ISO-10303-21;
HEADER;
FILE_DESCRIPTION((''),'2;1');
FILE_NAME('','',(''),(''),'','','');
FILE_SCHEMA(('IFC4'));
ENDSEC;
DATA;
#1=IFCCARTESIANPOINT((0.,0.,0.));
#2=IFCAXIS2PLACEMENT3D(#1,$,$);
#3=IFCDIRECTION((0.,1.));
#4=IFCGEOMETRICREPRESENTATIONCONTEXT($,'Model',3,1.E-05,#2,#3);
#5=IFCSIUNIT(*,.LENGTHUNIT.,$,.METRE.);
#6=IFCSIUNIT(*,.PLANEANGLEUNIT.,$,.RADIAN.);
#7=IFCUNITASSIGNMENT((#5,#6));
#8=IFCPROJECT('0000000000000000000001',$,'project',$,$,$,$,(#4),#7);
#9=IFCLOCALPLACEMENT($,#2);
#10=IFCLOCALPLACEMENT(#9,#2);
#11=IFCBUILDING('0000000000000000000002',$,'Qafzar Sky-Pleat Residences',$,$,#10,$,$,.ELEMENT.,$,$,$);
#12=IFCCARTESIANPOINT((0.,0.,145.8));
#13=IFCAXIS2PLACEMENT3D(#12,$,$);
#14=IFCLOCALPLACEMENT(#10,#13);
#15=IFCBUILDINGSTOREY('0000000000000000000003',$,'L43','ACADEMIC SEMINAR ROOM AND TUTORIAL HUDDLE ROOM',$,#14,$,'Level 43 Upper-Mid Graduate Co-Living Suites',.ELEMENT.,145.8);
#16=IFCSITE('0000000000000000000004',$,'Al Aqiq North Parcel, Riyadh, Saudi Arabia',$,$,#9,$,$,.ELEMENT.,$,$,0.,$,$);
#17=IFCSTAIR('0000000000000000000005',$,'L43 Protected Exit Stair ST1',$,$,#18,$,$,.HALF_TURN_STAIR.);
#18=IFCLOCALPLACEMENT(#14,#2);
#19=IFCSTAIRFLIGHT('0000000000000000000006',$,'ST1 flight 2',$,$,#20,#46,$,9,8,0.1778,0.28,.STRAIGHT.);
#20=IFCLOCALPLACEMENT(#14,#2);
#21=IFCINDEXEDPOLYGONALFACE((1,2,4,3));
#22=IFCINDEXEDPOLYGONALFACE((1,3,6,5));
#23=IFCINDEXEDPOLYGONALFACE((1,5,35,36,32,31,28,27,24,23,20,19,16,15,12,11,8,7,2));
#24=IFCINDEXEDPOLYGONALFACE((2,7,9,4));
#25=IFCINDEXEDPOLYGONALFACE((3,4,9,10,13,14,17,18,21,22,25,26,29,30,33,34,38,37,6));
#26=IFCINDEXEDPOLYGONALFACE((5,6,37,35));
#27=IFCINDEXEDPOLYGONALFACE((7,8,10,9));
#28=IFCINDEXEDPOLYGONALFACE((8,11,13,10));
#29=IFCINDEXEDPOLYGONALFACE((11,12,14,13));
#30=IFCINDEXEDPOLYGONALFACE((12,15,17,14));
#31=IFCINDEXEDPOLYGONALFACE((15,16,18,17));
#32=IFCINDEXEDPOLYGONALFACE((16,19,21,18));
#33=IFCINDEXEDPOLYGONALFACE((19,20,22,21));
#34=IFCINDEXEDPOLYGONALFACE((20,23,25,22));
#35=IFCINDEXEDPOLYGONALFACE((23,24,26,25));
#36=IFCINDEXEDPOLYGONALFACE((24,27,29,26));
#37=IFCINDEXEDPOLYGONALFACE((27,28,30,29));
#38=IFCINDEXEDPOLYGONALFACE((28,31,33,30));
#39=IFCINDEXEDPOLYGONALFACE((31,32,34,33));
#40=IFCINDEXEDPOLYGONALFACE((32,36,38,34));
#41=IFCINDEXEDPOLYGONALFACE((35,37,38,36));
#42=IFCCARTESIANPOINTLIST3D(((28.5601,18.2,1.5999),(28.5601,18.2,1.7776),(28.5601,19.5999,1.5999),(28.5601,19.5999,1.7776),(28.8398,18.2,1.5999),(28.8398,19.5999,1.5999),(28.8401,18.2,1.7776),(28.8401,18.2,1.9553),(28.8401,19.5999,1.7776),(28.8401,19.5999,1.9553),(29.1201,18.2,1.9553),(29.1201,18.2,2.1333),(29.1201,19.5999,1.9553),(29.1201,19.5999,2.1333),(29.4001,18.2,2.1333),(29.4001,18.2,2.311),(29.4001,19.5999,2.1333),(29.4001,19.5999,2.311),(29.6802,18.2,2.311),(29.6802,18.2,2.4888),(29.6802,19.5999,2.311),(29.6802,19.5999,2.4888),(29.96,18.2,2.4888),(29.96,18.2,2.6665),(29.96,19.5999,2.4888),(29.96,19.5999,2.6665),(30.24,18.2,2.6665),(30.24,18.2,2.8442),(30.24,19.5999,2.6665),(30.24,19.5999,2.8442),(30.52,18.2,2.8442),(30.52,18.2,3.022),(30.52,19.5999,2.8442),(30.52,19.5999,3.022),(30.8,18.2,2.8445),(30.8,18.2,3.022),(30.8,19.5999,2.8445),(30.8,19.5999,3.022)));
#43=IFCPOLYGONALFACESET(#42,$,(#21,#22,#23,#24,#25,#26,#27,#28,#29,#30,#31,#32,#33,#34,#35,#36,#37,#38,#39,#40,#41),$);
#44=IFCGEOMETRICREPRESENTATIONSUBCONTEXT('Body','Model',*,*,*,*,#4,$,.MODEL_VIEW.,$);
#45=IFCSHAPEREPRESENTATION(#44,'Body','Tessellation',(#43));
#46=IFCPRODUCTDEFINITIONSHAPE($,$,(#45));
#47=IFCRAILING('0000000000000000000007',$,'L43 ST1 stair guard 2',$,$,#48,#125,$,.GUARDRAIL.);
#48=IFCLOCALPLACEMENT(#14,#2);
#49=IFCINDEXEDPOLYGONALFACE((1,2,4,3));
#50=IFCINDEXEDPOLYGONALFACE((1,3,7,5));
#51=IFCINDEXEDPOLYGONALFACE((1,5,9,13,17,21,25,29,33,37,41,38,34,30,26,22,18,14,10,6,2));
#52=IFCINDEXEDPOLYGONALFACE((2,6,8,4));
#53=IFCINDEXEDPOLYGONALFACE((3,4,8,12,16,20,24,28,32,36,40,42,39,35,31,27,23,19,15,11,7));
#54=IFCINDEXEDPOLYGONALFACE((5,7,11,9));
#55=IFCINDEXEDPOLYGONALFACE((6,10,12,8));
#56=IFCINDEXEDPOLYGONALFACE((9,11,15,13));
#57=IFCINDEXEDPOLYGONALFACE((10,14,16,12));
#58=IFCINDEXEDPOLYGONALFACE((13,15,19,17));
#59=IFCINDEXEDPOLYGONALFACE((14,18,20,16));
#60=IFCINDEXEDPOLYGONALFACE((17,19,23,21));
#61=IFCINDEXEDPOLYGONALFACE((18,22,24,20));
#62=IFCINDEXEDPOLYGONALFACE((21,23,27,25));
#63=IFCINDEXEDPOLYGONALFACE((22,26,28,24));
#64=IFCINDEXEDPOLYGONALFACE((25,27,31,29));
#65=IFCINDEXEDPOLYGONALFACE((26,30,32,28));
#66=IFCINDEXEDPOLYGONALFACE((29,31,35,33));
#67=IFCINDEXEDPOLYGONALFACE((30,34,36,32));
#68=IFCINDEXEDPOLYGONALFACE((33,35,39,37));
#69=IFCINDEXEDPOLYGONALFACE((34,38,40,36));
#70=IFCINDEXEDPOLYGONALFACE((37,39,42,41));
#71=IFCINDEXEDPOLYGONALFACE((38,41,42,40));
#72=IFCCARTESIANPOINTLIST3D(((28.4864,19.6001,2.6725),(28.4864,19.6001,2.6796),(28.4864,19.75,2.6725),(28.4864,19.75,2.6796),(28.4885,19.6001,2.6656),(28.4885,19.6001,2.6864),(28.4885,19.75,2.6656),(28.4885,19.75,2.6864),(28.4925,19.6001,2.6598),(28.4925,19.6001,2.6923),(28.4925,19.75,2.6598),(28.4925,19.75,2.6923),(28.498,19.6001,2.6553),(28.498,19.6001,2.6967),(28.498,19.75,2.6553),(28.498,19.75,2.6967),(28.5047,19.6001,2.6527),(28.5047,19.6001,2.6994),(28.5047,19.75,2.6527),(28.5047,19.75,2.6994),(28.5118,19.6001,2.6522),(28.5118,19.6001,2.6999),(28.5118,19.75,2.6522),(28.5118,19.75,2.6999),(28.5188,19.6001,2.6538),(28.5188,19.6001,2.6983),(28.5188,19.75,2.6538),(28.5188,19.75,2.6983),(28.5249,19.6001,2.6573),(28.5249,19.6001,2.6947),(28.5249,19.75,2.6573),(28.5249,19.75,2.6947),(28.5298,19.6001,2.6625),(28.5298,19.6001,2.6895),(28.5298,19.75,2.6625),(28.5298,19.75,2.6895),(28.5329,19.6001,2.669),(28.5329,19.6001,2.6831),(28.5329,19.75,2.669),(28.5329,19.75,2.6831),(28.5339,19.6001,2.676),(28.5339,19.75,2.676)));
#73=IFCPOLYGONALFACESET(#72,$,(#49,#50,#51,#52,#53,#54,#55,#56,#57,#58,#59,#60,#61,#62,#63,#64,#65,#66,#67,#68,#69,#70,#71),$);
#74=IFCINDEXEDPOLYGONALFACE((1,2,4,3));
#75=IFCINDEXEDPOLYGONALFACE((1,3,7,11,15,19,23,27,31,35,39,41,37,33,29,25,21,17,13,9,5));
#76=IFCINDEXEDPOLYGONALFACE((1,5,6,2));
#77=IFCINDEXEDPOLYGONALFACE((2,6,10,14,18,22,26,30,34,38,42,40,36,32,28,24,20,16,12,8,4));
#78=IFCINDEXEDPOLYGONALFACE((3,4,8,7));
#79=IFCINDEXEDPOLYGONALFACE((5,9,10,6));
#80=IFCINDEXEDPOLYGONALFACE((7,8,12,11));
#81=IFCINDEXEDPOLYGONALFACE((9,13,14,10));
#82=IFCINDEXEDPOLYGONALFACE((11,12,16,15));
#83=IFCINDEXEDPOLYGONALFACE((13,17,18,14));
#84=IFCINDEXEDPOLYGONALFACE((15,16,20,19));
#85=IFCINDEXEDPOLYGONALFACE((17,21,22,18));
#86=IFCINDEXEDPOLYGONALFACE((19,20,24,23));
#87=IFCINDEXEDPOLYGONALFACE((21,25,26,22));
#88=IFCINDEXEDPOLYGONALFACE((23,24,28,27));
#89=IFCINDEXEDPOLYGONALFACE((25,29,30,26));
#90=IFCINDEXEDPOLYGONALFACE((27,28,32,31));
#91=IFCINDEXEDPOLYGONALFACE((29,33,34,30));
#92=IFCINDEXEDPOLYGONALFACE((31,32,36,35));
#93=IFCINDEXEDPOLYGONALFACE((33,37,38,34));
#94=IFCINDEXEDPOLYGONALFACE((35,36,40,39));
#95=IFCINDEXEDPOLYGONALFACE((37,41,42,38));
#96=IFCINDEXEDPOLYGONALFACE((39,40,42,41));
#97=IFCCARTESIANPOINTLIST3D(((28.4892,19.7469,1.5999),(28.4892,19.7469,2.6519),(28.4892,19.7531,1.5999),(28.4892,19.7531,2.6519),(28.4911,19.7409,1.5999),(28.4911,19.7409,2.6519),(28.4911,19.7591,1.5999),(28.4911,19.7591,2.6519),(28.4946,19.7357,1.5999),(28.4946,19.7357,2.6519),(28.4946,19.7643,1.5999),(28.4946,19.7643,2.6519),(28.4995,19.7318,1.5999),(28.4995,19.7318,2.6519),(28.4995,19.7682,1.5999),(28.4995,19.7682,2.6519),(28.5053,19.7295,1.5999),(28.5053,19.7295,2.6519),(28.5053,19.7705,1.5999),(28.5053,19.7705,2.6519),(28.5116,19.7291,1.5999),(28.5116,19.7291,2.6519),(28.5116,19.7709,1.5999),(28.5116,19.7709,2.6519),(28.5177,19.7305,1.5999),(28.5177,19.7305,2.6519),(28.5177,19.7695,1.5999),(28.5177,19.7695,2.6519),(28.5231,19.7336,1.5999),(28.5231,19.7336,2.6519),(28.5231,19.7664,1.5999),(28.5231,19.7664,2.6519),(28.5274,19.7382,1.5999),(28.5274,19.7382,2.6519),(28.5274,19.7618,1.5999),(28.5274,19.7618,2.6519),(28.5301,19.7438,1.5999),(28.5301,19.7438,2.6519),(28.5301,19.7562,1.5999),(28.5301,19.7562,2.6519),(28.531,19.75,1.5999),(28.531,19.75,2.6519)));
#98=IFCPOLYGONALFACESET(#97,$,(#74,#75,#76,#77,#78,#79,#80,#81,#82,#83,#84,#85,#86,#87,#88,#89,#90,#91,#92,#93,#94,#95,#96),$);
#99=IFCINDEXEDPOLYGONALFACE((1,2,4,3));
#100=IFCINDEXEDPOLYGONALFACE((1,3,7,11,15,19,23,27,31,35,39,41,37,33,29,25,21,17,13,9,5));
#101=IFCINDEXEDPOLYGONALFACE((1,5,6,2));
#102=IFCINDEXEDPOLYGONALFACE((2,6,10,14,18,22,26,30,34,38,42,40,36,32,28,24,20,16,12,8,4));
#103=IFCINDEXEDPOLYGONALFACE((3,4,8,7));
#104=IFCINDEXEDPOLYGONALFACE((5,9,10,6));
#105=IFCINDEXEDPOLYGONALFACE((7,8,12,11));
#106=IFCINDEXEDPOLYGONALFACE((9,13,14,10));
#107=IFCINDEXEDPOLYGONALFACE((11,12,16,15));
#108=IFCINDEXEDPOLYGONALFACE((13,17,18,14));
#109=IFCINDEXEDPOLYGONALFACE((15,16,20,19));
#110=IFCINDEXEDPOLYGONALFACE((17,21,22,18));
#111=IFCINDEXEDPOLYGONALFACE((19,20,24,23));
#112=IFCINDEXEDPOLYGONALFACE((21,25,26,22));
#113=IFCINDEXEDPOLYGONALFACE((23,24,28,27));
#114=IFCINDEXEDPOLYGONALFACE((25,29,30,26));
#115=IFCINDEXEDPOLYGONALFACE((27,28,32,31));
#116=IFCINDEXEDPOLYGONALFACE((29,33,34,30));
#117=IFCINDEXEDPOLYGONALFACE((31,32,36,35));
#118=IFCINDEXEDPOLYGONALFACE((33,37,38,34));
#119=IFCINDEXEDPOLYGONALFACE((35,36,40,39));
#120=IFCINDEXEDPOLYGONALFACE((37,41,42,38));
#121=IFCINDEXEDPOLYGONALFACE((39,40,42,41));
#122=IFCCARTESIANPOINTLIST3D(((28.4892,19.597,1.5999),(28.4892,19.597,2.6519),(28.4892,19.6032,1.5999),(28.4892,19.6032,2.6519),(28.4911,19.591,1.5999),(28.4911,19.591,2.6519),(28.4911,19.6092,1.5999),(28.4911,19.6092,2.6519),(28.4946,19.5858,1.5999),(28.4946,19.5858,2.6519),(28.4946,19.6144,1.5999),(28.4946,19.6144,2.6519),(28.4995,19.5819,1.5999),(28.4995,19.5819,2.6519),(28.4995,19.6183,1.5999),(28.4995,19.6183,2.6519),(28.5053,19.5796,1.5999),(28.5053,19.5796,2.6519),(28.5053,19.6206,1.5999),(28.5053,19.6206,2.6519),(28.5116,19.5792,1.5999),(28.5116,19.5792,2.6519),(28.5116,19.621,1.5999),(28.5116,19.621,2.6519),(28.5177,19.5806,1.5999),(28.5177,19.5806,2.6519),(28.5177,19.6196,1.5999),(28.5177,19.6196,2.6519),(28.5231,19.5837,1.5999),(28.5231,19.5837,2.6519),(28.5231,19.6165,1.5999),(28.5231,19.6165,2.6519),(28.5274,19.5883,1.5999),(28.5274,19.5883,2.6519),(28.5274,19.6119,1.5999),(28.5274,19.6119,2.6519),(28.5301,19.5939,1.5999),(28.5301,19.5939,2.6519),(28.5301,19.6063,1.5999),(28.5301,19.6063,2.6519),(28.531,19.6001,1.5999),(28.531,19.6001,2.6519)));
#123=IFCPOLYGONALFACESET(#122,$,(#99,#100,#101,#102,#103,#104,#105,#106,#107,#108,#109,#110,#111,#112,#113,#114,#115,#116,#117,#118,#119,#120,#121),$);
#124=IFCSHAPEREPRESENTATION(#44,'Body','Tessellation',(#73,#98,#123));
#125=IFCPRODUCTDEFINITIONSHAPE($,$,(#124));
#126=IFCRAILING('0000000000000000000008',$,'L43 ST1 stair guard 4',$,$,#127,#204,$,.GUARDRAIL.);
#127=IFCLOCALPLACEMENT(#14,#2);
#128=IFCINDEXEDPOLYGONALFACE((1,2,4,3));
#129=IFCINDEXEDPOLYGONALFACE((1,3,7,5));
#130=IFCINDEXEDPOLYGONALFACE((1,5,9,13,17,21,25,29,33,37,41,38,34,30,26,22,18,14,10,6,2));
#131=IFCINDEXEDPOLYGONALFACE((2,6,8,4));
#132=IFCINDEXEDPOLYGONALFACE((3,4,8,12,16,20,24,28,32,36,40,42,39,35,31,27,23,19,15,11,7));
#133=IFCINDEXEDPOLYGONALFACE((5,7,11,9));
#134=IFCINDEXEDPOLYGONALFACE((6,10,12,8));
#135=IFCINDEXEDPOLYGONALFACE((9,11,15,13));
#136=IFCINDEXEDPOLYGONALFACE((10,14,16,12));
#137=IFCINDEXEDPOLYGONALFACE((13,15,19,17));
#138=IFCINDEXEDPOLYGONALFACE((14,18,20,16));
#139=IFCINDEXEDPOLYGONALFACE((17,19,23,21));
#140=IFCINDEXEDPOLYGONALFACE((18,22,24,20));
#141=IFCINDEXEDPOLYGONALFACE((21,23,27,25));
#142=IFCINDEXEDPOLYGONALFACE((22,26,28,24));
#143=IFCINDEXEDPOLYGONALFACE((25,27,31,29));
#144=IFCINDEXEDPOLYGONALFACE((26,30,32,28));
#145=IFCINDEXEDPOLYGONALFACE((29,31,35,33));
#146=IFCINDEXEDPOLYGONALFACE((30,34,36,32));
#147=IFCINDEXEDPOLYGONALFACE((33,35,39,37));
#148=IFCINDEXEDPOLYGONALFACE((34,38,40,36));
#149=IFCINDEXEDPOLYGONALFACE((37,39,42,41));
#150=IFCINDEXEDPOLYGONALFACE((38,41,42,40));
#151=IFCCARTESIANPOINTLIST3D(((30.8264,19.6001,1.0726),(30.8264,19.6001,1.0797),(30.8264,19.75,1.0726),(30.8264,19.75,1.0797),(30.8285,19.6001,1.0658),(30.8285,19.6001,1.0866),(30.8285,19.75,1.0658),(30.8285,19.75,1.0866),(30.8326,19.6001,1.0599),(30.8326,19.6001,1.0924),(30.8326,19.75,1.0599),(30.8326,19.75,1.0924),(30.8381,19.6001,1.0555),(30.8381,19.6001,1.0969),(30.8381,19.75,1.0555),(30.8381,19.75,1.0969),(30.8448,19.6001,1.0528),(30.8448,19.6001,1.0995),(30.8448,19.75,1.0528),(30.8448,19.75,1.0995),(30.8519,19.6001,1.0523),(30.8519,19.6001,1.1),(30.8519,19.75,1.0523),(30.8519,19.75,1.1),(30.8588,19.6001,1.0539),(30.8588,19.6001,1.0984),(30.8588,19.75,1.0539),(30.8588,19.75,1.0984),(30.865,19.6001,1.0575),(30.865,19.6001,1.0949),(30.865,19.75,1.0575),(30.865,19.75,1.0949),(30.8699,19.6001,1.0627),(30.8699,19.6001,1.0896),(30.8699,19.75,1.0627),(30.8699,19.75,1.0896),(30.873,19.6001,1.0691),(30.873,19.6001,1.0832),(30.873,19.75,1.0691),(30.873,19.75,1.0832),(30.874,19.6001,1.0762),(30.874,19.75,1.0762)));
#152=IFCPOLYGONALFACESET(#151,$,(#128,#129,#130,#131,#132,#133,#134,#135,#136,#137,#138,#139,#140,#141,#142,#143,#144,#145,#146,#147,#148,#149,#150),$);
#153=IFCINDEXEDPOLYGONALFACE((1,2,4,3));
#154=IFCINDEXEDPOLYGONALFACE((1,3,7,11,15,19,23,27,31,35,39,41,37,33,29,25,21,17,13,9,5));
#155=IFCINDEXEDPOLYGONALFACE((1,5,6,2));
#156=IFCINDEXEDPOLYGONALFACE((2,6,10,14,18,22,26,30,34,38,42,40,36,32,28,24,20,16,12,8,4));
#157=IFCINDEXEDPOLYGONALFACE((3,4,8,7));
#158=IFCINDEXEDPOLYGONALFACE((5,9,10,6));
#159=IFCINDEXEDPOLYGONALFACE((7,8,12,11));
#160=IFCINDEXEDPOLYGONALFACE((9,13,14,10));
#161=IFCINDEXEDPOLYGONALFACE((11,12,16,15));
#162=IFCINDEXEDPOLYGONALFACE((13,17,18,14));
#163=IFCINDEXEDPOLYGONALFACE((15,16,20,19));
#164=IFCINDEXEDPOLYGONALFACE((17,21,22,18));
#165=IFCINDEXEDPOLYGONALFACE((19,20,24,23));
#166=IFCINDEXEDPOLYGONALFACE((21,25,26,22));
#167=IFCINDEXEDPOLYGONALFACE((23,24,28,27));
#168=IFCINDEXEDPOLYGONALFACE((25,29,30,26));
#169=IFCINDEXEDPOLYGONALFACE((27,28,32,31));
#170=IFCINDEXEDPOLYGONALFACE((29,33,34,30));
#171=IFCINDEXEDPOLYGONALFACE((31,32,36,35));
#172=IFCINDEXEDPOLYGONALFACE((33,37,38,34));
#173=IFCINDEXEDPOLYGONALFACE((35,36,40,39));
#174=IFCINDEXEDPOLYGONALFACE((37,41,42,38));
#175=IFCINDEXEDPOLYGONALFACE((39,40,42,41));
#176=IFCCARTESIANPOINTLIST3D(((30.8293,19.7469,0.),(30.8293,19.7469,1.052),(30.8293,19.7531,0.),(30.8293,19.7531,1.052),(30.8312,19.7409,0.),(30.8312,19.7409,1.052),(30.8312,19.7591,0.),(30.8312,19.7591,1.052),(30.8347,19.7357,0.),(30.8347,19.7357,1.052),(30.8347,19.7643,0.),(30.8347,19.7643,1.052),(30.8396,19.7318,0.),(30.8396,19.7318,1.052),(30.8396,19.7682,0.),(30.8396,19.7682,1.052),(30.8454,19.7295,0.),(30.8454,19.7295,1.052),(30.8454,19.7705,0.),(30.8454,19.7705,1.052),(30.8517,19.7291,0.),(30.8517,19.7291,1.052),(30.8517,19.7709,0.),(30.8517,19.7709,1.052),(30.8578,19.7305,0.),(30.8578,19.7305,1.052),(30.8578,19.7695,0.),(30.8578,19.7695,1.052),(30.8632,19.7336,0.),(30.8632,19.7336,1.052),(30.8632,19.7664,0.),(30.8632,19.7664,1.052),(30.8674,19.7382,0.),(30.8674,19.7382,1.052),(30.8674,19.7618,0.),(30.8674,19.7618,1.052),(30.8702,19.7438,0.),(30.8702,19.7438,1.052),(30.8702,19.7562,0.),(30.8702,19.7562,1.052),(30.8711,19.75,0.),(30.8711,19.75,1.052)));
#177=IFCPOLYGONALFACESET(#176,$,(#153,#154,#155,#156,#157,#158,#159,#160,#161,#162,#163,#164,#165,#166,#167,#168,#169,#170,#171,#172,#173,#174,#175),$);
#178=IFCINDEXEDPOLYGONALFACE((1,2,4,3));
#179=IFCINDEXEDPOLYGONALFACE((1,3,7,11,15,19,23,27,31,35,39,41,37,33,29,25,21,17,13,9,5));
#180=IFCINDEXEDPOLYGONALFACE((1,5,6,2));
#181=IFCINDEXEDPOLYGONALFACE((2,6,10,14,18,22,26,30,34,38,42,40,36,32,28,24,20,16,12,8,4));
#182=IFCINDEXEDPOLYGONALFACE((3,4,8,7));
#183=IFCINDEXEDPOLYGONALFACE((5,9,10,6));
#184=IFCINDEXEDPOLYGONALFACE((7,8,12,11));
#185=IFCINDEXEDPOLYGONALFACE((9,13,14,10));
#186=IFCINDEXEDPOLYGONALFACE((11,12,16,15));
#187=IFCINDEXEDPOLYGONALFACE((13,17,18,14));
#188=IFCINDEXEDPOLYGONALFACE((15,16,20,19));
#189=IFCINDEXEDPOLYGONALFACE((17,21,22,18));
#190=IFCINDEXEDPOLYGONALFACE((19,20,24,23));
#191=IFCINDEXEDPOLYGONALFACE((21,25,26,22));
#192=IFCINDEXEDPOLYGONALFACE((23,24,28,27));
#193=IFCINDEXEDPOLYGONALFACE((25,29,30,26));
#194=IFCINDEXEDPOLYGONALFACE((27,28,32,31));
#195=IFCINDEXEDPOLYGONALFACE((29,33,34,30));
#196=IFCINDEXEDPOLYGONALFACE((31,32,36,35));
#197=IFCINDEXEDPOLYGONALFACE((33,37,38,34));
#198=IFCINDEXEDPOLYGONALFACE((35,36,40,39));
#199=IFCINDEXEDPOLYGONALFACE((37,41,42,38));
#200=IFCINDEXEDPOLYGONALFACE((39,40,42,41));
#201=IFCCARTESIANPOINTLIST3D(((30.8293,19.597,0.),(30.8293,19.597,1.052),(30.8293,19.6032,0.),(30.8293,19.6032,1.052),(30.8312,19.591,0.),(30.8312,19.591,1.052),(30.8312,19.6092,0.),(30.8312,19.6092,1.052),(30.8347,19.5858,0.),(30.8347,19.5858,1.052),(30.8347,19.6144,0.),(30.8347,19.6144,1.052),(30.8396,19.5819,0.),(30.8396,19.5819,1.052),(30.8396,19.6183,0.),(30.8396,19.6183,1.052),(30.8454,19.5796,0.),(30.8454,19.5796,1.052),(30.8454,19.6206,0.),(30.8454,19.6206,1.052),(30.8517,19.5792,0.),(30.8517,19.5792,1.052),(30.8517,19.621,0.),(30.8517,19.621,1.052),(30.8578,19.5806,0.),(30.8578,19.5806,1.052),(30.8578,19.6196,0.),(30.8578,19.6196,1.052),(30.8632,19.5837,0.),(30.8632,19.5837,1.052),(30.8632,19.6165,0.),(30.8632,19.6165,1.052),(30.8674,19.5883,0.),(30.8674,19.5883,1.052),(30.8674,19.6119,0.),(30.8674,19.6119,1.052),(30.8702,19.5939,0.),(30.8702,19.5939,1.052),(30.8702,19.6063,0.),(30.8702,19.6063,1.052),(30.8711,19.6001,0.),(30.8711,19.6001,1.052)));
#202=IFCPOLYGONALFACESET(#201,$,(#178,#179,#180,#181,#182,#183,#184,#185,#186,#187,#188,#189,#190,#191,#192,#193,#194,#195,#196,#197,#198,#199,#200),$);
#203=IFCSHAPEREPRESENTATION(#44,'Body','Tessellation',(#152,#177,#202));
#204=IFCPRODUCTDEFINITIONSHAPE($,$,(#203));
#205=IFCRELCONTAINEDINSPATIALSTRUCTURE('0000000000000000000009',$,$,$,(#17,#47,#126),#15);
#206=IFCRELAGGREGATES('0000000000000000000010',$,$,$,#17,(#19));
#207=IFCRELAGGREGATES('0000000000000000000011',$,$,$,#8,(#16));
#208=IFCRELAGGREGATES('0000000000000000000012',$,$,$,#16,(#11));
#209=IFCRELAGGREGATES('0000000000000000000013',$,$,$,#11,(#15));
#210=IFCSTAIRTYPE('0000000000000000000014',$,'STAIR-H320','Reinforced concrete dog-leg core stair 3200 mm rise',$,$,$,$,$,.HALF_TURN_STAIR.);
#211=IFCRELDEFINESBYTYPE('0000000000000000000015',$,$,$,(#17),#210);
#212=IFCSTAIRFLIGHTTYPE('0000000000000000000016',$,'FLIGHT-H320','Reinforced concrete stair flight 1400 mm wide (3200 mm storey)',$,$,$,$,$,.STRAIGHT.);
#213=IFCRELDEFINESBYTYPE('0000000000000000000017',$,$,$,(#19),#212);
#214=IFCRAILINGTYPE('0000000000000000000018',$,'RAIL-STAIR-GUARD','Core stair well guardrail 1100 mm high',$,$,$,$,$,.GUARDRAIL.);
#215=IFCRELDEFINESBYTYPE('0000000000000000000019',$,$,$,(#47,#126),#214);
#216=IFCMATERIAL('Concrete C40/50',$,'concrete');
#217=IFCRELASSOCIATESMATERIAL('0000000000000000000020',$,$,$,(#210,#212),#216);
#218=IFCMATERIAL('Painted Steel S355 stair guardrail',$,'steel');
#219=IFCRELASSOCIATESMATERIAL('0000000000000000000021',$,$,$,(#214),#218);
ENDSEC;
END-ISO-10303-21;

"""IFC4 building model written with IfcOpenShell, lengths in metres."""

from ifc_helpers import new_model, si_unit, direction, frame, origin, origin_2d, place, context, subcontext, project, spatial, polyline, circle, outline, extrude, source, transform, mapped, material, type_object, element, aggregate, save


model = new_model("IFC4")

# Units and contexts
model_context = context("Model", 3, precision=1e-05, world=origin(), true_north=direction((0.0, 1.0)))
body_context = subcontext(model_context, "Body", "Model", "MODEL_VIEW")
ifc_project = project(units=[si_unit("LENGTHUNIT", "METRE"), si_unit("PLANEANGLEUNIT", "RADIAN")], contexts=[model_context])

# Site, building, storey
site_placement = place(None, origin())
site = spatial("IfcSite", under=ifc_project, at=site_placement, Name="Al Aqiq North Parcel, Riyadh, Saudi Arabia", CompositionType="ELEMENT", RefElevation=0.0)
building_placement = place(site_placement, origin())
building = spatial("IfcBuilding", under=site, at=building_placement, Name="Qafzar Sky-Pleat Residences", CompositionType="ELEMENT")
storey_placement = place(building_placement, frame((0.0, 0.0, 145.8)))
storey = spatial("IfcBuildingStorey", under=building, at=storey_placement, Name="L43", Description="ACADEMIC SEMINAR ROOM AND TUTORIAL HUDDLE ROOM", LongName="Level 43 Upper-Mid Graduate Co-Living Suites", CompositionType="ELEMENT", Elevation=145.8)

# Stair, stair flight
ifc_material_1 = material(Name="Concrete C40/50", Category="concrete")
stair_type = type_object("IfcStairType", Name="STAIR-H320", Description="Reinforced concrete dog-leg core stair 3200 mm rise", PredefinedType="HALF_TURN_STAIR", material=ifc_material_1)
stair_placement = place(storey_placement, origin())
stair = element("IfcStair", 1, at=stair_placement, inside=storey, type_object=stair_type, Name="L43 Protected Exit Stair ST1", PredefinedType="HALF_TURN_STAIR")
stair_flight_type = type_object("IfcStairFlightType", Name="FLIGHT-H320", Description="Reinforced concrete stair flight 1400 mm wide (3200 mm storey)", PredefinedType="STRAIGHT", material=ifc_material_1)
shared_shape_1 = source(origin(), body_context, "Body", "SweptSolid", [
    extrude(outline(polyline([(0.0, 0.0), (0.0, 0.1777), (0.28, 0.1777), (0.28, 0.3555), (0.5601, 0.3555), (0.5601, 0.5334), (0.8401, 0.5334), (0.8401, 0.7112), (1.1201, 0.7112), (1.1201, 0.8889), (1.3999, 0.8889), (1.3999, 1.0667), (1.6799, 1.0667), (1.6799, 1.2444), (1.96, 1.2444), (1.96, 1.4221), (2.24, 1.4221), (2.24, 1.6001), (2.24, 1.2446), (0.2798, 0.0), (0.0, 0.0)])), frame((0.0, 0.7, 0.0), z_axis=(0.0, -1.0, 0.0), x_axis=(1.0, 0.0, 0.0)), (0.0, 0.0, 1.0), 1.3999),
])
stair_flight_1_placement = place(storey_placement, frame((28.5601, 18.8999, 1.5999), z_axis=(0.0, 0.0, 1.0), x_axis=(1.0, 0.0, 0.0)))
stair_flight_1 = element("IfcStairFlight", 2, at=stair_flight_1_placement, type_object=stair_flight_type, Name="ST1 flight 2", NumberOfRisers=9, NumberOfTreads=8, PredefinedType="STRAIGHT", RiserHeight=0.1778, TreadLength=0.28, context=body_context, shape_type="MappedRepresentation", body=[
    mapped(shared_shape_1, transform((0.0, 0.0, 0.0), x_axis=(1.0, 0.0, 0.0), y_axis=(0.0, 1.0, 0.0), z_axis=(0.0, 0.0, 1.0), scale=1.0)),
])
aggregate(stair, [stair_flight_1])

# Railings
ifc_material_2 = material(Name="Painted Steel S355 stair guardrail", Category="steel")
railing_type_1 = type_object("IfcRailingType", Name="RAIL-STAIR-GUARD", Description="Core stair well guardrail 1100 mm high", PredefinedType="GUARDRAIL", material=ifc_material_2)
shared_shape_2 = source(origin(), body_context, "Body", "SweptSolid", [
    extrude(circle(Radius=0.0239, at=origin_2d()), frame((0.0, 0.0, 1.0762), z_axis=(0.0, -1.0, 0.0), x_axis=(1.0, 0.0, 0.0)), (0.0, 0.0, 1.0), 0.1499),
    extrude(circle(Radius=0.021, at=origin_2d()), origin(), (0.0, 0.0, 1.0), 1.052),
    extrude(circle(Radius=0.021, at=origin_2d()), frame((0.0, -0.1499, 0.0)), (0.0, 0.0, 1.0), 1.052),
])
for number, where, name in (
    (3, (28.51, 19.75, 1.5999), "L43 ST1 stair guard 2"),
    (4, (30.8501, 19.75, 0.0), "L43 ST1 stair guard 4"),
):
    element("IfcRailing", number, at=place(storey_placement, frame(where)), inside=storey, type_object=railing_type_1, Name=name, PredefinedType="GUARDRAIL", context=body_context, shape_type="MappedRepresentation", body=[
        mapped(shared_shape_2, transform((0.0, 0.0, 0.0), x_axis=(1.0, 0.0, 0.0), y_axis=(0.0, 1.0, 0.0), z_axis=(0.0, 0.0, 1.0), scale=1.0)),
    ])

save(model, "model.ifc")
